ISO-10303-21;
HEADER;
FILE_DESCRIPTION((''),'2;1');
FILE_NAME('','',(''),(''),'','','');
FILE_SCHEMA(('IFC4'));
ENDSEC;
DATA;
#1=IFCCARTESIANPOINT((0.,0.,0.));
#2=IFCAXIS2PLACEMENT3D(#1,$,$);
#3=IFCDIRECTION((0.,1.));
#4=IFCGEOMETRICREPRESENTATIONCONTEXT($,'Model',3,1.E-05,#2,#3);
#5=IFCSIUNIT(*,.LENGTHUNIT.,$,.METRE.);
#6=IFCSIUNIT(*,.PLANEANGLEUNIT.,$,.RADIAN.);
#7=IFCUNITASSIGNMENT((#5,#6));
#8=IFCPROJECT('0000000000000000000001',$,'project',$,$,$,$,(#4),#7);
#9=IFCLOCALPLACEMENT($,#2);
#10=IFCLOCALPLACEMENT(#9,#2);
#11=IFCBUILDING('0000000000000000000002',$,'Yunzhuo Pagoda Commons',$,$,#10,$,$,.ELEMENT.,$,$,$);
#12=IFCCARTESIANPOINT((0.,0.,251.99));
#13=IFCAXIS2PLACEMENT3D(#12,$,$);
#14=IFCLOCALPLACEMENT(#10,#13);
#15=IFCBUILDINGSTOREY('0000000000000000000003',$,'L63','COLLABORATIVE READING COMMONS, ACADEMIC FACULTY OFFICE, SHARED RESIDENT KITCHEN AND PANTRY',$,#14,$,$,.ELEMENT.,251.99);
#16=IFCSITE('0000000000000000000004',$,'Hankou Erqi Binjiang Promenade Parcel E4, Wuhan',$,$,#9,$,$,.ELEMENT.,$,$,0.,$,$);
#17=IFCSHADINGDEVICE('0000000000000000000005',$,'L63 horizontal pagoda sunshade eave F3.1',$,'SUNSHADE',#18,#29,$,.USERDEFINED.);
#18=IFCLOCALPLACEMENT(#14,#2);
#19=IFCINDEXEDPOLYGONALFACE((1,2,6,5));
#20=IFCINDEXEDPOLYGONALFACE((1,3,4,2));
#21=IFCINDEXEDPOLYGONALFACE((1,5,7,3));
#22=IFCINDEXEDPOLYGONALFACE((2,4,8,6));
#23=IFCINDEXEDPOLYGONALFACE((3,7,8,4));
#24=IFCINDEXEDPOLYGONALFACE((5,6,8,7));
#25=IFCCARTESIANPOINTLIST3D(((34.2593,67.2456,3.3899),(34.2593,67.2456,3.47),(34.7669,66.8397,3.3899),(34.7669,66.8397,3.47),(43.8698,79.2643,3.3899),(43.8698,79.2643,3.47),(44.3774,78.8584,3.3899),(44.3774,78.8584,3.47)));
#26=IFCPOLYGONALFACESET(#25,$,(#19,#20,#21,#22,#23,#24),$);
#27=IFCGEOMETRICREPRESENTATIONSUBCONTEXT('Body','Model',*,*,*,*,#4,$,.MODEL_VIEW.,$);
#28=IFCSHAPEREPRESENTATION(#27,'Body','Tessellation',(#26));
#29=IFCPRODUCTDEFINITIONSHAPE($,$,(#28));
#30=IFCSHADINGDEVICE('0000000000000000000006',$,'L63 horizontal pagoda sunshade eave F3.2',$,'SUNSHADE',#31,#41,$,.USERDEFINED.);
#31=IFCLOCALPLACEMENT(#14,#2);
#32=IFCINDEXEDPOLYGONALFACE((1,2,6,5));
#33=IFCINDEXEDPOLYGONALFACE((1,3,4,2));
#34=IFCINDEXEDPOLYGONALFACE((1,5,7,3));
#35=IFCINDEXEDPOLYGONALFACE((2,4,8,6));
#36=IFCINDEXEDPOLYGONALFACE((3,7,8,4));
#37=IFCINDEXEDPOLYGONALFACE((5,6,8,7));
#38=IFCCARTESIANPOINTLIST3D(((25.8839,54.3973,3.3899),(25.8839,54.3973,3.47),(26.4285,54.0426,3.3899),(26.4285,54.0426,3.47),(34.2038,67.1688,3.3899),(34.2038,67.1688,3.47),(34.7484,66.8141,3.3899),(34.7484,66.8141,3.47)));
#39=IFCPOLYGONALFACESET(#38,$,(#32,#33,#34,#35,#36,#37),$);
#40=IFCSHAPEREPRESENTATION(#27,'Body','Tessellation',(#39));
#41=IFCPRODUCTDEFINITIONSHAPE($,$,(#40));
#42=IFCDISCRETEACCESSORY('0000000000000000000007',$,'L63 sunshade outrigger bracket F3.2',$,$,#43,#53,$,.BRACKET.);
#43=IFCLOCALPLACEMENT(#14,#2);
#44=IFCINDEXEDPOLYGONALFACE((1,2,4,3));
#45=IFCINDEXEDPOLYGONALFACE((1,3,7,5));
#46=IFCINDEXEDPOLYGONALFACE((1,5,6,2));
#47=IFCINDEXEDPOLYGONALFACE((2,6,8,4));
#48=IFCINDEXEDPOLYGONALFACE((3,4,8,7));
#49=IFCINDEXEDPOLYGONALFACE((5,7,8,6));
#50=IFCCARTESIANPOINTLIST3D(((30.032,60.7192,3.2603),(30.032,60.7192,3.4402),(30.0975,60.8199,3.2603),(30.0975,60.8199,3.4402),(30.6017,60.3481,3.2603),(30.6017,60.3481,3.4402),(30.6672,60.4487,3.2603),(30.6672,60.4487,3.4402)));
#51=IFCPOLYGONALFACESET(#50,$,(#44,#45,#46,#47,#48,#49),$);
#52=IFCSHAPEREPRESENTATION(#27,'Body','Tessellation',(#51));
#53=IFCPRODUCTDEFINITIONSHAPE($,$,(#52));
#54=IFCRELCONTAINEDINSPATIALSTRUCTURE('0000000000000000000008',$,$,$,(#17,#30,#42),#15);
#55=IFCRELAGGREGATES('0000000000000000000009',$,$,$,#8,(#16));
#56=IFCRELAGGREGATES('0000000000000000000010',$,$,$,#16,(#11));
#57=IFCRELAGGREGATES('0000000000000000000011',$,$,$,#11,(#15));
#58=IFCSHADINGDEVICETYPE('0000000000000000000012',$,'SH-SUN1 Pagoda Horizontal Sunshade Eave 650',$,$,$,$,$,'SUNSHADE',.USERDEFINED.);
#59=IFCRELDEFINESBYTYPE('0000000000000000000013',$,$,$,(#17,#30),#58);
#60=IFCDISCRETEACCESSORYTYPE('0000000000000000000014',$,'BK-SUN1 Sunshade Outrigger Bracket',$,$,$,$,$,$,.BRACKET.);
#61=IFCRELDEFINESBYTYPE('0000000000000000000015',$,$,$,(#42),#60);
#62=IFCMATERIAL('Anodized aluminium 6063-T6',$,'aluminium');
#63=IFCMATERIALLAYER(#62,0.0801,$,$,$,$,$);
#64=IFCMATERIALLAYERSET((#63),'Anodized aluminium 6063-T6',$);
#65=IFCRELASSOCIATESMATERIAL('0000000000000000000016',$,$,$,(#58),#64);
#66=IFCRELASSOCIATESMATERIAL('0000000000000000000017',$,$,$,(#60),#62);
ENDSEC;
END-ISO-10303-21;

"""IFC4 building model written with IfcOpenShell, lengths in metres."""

from ifc_helpers import new_model, si_unit, direction, frame, origin, origin_2d, place, context, subcontext, project, spatial, rectangle, extrude, source, transform, mapped, material, layer, layer_set, type_object, element, save


model = new_model("IFC4")

# Units and contexts
model_context = context("Model", 3, precision=1e-05, world=origin(), true_north=direction((0.0, 1.0)))
body_context = subcontext(model_context, "Body", "Model", "MODEL_VIEW")
ifc_project = project(units=[si_unit("LENGTHUNIT", "METRE"), si_unit("PLANEANGLEUNIT", "RADIAN")], contexts=[model_context])

# Site, building, storey
site_placement = place(None, origin())
site = spatial("IfcSite", under=ifc_project, at=site_placement, Name="Hankou Erqi Binjiang Promenade Parcel E4, Wuhan", CompositionType="ELEMENT", RefElevation=0.0)
building_placement = place(site_placement, origin())
building = spatial("IfcBuilding", under=site, at=building_placement, Name="Yunzhuo Pagoda Commons", CompositionType="ELEMENT")
storey_placement = place(building_placement, frame((0.0, 0.0, 251.99)))
storey = spatial("IfcBuildingStorey", under=building, at=storey_placement, Name="L63", Description="COLLABORATIVE READING COMMONS, ACADEMIC FACULTY OFFICE, SHARED RESIDENT KITCHEN AND PANTRY", CompositionType="ELEMENT", Elevation=251.99)

# Shared definitions
ifc_material_1 = material(Name="Anodized aluminium 6063-T6", Category="aluminium")

# Shading devices
ifc_layer_1 = layer(ifc_material_1, 0.0801)
ifc_layer_set_1 = layer_set([ifc_layer_1], Name="Anodized aluminium 6063-T6")
shading_device_type = type_object("IfcShadingDeviceType", Name="SH-SUN1 Pagoda Horizontal Sunshade Eave 650", ElementType="SUNSHADE", PredefinedType="USERDEFINED", material=ifc_layer_set_1)
shared_shape_1 = source(origin(), body_context, "Body", "SweptSolid", [
    extrude(rectangle(XDim=15.3887, YDim=0.6499, at=origin_2d()), origin(), (0.0, 0.0, 1.0), 0.0801),
])
shading_device_1_placement = place(storey_placement, frame((39.3184, 73.052, 3.3899), z_axis=(0.0, 0.0, 1.0), x_axis=(-0.62452, -0.781008, 0.0)))
element("IfcShadingDevice", 1, at=shading_device_1_placement, inside=storey, type_object=shading_device_type, Name="L63 horizontal pagoda sunshade eave F3.1", ObjectType="SUNSHADE", PredefinedType="USERDEFINED", context=body_context, shape_type="MappedRepresentation", body=[
    mapped(shared_shape_1, transform((0.0, 0.0, 0.0), scale=1.0)),
])
shared_shape_2 = source(origin(), body_context, "Body", "SweptSolid", [
    extrude(rectangle(XDim=15.2424, YDim=0.6499, at=origin_2d()), origin(), (0.0, 0.0, 1.0), 0.0801),
])
shading_device_2_placement = place(storey_placement, frame((30.3162, 60.6057, 3.3899), z_axis=(0.0, 0.0, 1.0), x_axis=(-0.545839, -0.83789, 0.0)))
element("IfcShadingDevice", 2, at=shading_device_2_placement, inside=storey, type_object=shading_device_type, Name="L63 horizontal pagoda sunshade eave F3.2", ObjectType="SUNSHADE", PredefinedType="USERDEFINED", context=body_context, shape_type="MappedRepresentation", body=[
    mapped(shared_shape_2, transform((0.0, 0.0, 0.0), scale=1.0)),
])

# Discrete accessory
discrete_accessory_type = type_object("IfcDiscreteAccessoryType", Name="BK-SUN1 Sunshade Outrigger Bracket", PredefinedType="BRACKET", material=ifc_material_1)
shared_shape_3 = source(origin(), body_context, "Body", "SweptSolid", [
    extrude(rectangle(XDim=0.1201, YDim=0.6799, at=origin_2d()), origin(), (0.0, 0.0, 1.0), 0.1799),
])
discrete_accessory_placement = place(storey_placement, frame((30.3496, 60.584, 3.2603), z_axis=(0.0, 0.0, 1.0), x_axis=(-0.545839, -0.83789, 0.0)))
element("IfcDiscreteAccessory", 3, at=discrete_accessory_placement, inside=storey, type_object=discrete_accessory_type, Name="L63 sunshade outrigger bracket F3.2", PredefinedType="BRACKET", context=body_context, shape_type="MappedRepresentation", body=[
    mapped(shared_shape_3, transform((0.0, 0.0, 0.0), scale=1.0)),
])

save(model, "model.ifc")
